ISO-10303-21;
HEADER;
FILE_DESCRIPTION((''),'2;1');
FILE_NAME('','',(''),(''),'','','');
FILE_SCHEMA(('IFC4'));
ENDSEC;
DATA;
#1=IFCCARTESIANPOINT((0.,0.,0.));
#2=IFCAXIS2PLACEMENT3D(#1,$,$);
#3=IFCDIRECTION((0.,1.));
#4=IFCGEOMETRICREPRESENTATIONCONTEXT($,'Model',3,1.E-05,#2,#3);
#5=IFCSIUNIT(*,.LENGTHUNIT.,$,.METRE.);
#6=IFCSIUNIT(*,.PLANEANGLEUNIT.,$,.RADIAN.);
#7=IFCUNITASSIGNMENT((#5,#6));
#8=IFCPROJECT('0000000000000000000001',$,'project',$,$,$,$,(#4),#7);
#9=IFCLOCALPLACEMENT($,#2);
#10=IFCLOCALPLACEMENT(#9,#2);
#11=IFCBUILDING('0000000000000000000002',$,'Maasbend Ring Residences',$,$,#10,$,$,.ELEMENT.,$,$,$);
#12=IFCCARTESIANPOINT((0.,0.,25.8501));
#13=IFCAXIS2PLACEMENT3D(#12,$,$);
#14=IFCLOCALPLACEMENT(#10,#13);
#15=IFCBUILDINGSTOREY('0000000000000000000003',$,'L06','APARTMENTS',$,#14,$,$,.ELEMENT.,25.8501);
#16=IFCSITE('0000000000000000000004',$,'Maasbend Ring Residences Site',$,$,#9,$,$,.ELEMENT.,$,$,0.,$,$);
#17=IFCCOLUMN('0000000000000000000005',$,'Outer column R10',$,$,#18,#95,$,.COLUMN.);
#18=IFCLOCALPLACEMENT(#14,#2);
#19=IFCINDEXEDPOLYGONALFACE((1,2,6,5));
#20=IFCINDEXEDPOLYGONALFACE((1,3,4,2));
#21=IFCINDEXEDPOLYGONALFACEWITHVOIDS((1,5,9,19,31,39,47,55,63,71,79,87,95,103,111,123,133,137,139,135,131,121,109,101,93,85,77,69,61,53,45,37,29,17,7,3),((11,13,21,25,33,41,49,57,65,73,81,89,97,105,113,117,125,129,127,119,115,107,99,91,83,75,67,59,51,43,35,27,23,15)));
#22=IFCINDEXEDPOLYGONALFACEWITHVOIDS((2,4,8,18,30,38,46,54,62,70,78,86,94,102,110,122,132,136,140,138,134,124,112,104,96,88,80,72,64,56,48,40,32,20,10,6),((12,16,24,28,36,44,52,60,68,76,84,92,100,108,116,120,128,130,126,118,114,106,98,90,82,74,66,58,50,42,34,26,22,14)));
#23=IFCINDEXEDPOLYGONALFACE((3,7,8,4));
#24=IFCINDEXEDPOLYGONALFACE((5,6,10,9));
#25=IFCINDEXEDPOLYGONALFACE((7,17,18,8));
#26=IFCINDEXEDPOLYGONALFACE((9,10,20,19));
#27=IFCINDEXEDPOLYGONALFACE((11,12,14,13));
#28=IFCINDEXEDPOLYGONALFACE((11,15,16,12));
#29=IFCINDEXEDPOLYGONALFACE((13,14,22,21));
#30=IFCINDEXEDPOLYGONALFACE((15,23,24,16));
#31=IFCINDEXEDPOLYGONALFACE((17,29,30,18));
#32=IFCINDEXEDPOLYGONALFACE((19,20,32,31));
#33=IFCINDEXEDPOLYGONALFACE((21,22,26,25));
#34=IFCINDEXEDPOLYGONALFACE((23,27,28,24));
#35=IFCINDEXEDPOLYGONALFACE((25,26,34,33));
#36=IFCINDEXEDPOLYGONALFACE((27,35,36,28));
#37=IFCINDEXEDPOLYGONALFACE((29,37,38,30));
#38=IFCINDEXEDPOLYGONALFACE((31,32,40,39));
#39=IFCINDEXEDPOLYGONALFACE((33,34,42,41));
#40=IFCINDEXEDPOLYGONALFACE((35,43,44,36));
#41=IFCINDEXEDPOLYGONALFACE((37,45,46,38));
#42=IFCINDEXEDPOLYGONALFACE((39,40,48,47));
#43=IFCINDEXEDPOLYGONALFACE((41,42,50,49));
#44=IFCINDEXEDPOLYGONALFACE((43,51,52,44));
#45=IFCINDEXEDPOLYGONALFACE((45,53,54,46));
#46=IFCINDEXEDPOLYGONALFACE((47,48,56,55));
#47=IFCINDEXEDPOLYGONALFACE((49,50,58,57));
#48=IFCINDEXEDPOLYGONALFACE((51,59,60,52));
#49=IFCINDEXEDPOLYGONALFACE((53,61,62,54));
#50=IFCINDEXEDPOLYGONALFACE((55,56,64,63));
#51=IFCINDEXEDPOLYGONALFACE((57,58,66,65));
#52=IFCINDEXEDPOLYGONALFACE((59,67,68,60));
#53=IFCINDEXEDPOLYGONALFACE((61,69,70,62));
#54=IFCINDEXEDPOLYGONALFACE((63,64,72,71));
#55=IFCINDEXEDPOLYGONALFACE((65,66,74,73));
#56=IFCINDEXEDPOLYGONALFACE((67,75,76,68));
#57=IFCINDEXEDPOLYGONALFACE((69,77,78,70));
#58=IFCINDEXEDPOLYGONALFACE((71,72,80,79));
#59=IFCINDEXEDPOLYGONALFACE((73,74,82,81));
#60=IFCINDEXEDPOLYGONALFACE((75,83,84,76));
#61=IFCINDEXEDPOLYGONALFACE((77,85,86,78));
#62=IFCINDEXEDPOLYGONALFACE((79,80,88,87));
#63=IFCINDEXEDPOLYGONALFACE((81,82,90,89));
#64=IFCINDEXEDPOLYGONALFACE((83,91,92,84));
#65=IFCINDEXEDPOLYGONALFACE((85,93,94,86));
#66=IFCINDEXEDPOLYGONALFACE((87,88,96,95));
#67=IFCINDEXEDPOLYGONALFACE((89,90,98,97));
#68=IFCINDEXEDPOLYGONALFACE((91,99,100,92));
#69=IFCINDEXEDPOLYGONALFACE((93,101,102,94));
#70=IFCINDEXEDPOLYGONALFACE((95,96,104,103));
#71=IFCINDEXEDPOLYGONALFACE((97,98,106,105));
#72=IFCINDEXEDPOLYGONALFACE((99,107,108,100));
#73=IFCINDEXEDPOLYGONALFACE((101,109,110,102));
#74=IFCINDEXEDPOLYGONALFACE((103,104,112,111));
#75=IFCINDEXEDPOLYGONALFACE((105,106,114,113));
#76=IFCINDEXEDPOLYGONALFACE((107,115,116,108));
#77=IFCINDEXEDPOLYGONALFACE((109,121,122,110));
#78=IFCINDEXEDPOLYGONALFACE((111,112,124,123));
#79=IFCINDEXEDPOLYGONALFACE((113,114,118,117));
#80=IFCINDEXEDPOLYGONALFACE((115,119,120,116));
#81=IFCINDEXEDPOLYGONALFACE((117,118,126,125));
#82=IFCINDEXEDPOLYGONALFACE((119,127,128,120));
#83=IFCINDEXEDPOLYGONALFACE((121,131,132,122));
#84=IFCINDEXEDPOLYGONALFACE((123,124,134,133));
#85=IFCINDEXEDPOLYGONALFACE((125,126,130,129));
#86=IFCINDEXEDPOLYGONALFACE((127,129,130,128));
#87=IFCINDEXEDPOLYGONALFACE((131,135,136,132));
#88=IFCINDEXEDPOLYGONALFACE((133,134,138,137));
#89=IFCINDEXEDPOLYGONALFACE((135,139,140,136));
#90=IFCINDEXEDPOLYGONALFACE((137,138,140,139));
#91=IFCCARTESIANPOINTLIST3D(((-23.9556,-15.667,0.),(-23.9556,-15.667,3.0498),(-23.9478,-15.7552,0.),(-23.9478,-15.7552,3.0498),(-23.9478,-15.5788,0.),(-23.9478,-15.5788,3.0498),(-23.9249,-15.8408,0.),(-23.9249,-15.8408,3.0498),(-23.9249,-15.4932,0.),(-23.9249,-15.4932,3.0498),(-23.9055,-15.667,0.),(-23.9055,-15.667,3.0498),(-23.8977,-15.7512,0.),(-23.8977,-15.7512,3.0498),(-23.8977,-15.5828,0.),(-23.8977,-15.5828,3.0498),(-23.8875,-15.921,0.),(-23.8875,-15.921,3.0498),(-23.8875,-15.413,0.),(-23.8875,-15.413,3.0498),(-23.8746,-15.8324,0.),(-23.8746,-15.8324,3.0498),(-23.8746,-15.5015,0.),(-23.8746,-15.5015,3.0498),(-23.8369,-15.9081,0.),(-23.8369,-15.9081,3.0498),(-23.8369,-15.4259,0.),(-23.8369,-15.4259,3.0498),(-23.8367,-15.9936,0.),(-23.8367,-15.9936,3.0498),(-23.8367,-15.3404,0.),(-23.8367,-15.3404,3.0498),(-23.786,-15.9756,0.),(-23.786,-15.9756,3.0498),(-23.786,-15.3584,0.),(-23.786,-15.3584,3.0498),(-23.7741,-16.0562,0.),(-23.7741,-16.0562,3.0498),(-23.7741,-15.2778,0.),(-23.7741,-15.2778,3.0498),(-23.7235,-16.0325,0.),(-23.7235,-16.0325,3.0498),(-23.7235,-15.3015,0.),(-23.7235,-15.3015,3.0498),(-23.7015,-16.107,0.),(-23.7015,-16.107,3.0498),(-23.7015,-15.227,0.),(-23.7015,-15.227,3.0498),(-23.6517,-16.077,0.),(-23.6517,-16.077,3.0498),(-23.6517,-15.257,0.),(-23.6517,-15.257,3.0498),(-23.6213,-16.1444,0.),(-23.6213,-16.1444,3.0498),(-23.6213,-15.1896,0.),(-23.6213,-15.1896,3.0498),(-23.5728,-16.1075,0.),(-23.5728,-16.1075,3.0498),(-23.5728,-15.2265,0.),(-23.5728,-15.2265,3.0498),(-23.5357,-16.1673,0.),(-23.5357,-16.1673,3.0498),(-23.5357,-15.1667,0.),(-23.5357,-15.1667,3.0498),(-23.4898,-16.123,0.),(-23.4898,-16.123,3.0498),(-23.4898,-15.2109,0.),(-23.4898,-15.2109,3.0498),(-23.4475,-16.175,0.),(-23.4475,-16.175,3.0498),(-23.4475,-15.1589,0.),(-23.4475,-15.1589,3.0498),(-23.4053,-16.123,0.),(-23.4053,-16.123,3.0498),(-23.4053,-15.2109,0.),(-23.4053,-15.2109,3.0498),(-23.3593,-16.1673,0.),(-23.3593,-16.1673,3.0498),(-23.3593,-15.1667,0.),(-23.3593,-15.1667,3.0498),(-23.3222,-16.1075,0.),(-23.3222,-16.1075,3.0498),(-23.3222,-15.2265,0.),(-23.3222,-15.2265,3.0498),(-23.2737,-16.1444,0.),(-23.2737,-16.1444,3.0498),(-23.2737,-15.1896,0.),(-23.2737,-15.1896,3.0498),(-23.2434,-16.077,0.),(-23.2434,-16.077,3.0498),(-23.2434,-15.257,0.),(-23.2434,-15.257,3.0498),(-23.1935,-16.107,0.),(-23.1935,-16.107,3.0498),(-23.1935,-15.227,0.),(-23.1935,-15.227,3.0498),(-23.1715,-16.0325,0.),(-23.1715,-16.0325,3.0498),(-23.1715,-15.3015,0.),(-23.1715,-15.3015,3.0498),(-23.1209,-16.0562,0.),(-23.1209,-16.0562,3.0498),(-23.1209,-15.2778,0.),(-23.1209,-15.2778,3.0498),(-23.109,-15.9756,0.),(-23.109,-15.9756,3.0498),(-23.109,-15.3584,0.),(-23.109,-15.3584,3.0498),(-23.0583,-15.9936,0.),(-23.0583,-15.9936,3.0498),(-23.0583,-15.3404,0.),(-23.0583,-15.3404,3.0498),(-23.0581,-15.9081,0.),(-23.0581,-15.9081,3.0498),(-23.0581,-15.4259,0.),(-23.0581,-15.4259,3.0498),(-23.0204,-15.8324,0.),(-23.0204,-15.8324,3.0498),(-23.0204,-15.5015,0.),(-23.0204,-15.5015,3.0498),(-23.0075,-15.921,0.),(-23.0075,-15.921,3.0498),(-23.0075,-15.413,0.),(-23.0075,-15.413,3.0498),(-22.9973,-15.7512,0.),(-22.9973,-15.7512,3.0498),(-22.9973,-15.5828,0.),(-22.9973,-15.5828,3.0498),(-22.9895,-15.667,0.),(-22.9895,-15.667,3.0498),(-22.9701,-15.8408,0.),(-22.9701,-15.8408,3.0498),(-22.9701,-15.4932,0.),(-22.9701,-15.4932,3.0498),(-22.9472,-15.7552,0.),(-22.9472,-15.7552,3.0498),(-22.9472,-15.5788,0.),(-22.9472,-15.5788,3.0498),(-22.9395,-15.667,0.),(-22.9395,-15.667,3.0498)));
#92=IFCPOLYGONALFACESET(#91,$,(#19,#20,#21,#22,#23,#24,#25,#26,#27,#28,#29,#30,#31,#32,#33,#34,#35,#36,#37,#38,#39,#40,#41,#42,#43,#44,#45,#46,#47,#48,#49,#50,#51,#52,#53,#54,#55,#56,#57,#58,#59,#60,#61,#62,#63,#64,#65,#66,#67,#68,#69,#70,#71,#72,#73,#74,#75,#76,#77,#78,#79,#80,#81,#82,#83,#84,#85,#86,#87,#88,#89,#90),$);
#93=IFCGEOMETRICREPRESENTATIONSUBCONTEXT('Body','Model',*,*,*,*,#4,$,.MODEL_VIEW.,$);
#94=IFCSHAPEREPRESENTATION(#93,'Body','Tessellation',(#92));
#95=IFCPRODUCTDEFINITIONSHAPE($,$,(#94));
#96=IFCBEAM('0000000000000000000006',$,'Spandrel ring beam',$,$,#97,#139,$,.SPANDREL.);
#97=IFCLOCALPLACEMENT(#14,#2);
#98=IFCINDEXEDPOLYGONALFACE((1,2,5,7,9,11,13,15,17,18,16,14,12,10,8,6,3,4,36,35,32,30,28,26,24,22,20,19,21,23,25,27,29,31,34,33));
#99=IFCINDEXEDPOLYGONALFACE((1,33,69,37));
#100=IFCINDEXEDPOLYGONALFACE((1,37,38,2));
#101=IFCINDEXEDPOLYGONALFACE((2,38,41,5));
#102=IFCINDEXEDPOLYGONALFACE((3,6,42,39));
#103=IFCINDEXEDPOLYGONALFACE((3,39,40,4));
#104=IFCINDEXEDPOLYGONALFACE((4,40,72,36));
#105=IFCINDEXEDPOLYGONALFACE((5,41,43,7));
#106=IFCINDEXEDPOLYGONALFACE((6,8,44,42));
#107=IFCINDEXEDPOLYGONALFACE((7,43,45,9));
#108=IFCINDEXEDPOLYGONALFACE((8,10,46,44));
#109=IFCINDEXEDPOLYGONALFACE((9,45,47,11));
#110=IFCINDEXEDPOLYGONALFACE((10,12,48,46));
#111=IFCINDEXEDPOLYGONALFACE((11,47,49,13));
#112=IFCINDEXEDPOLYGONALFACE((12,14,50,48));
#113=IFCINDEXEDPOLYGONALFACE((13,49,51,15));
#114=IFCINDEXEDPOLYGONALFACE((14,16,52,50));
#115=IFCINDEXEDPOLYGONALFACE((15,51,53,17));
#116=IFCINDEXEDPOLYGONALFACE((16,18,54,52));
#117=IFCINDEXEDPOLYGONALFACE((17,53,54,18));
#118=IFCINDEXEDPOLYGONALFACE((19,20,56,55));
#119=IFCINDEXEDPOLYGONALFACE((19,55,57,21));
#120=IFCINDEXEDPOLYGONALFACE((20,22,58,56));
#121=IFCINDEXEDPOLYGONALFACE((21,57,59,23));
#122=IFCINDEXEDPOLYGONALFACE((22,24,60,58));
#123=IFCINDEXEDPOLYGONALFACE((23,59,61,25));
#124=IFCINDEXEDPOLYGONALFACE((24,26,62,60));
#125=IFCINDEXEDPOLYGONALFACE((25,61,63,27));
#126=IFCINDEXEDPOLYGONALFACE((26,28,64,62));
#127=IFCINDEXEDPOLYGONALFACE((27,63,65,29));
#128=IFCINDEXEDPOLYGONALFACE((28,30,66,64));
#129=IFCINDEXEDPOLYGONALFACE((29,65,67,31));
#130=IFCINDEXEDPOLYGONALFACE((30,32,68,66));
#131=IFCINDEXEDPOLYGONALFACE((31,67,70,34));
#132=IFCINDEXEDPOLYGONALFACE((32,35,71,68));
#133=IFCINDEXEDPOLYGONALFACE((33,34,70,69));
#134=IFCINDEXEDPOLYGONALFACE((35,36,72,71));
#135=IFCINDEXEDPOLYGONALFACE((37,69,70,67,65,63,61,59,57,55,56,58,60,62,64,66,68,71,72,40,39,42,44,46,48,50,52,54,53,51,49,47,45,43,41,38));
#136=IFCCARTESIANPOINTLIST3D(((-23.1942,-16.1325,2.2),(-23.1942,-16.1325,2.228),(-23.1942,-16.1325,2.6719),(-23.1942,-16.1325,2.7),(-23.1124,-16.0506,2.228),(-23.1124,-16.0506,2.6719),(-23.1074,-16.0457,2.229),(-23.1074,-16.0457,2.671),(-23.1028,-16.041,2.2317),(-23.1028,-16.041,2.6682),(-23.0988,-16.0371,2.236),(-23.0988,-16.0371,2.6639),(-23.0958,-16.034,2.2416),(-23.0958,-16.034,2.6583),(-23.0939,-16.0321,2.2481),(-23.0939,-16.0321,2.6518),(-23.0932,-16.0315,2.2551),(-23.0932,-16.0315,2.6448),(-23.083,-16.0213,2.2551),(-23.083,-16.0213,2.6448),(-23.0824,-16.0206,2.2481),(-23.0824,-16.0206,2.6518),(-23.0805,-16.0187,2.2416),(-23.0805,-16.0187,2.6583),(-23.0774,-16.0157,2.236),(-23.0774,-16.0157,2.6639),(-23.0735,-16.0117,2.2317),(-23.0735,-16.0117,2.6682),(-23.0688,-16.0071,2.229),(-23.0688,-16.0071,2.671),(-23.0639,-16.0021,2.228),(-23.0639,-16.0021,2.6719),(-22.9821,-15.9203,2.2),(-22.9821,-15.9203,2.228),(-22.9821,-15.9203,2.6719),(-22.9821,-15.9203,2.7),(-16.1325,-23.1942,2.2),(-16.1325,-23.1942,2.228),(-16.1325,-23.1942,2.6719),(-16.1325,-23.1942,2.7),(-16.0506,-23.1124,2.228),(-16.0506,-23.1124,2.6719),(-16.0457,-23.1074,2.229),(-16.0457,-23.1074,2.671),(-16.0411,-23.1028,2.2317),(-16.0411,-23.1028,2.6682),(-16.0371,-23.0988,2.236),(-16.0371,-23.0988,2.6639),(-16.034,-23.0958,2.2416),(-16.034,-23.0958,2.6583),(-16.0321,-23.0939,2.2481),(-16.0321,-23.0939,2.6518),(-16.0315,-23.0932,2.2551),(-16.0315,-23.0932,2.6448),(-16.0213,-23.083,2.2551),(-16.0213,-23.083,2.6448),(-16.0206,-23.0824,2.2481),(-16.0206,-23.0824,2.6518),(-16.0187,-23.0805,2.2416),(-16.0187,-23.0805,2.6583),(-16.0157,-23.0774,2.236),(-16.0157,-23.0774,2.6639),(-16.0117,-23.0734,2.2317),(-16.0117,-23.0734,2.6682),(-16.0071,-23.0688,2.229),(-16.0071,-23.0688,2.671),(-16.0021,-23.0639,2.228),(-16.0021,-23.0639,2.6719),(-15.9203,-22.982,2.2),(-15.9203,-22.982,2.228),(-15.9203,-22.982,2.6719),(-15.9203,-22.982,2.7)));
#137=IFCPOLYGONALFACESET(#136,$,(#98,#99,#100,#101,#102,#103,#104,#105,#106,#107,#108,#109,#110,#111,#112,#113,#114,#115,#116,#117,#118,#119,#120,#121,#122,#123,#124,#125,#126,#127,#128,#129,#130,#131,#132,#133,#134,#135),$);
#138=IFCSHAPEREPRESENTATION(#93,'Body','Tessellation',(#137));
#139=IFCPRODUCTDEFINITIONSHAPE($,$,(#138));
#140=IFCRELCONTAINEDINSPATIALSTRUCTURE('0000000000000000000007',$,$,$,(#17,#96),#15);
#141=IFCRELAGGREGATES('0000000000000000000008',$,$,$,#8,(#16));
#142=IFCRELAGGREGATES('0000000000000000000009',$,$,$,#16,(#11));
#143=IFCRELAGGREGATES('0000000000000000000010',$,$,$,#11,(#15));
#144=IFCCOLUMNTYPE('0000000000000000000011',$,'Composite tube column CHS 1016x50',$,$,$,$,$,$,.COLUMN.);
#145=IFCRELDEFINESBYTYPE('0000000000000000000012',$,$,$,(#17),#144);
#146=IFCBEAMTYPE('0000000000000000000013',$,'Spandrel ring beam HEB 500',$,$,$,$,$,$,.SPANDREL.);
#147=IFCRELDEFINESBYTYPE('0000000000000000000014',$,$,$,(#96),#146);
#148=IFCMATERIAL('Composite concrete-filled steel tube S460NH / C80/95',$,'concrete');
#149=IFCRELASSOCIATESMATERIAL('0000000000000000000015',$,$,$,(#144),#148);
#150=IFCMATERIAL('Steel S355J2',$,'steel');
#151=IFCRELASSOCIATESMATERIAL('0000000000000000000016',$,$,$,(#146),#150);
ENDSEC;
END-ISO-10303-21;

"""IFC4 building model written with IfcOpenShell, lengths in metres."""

from ifc_helpers import new_model, si_unit, direction, frame, origin, origin_2d, place, context, subcontext, project, spatial, hollow_circle, i_section, extrude, material, material_profile, profile_set, type_object, element, save


model = new_model("IFC4")

# Units and contexts
model_context = context("Model", 3, precision=1e-05, world=origin(), true_north=direction((0.0, 1.0)))
body_context = subcontext(model_context, "Body", "Model", "MODEL_VIEW")
ifc_project = project(units=[si_unit("LENGTHUNIT", "METRE"), si_unit("PLANEANGLEUNIT", "RADIAN")], contexts=[model_context])

# Site, building, storey
site_placement = place(None, origin())
site = spatial("IfcSite", under=ifc_project, at=site_placement, Name="Maasbend Ring Residences Site", CompositionType="ELEMENT", RefElevation=0.0)
building_placement = place(site_placement, origin())
building = spatial("IfcBuilding", under=site, at=building_placement, Name="Maasbend Ring Residences", CompositionType="ELEMENT")
storey_placement = place(building_placement, frame((0.0, 0.0, 25.8501)))
storey = spatial("IfcBuildingStorey", under=building, at=storey_placement, Name="L06", Description="APARTMENTS", CompositionType="ELEMENT", Elevation=25.8501)

# Column
ifc_material_1 = material(Name="Composite concrete-filled steel tube S460NH / C80/95", Category="concrete")
ifc_material_profile_1 = material_profile(ifc_material_1, hollow_circle(Radius=0.5081, WallThickness=0.05, at=origin_2d()), Name="Composite tube column CHS 1016x50")
ifc_profile_set_1 = profile_set([ifc_material_profile_1], Name="Composite concrete-filled steel tube S460NH / C80/95")
column_type = type_object("IfcColumnType", Name="Composite tube column CHS 1016x50", PredefinedType="COLUMN", material=ifc_profile_set_1)
column_placement = place(storey_placement, frame((-23.4475, -15.667, 0.0), z_axis=(0.0, 0.0, 1.0), x_axis=(1.0, 0.0, 0.0)))
element("IfcColumn", 1, at=column_placement, inside=storey, type_object=column_type, Name="Outer column R10", PredefinedType="COLUMN", context=body_context, shape_type="SweptSolid", body=[
    extrude(hollow_circle(Radius=0.5081, WallThickness=0.05, at=origin_2d()), origin(), (0.0, 0.0, 1.0), 3.0498),
])

# Beam
ifc_material_2 = material(Name="Steel S355J2", Category="steel")
ifc_material_profile_2 = material_profile(ifc_material_2, i_section(OverallWidth=0.3, OverallDepth=0.5, WebThickness=0.0144, FlangeThickness=0.0281, FilletRadius=0.0271, at=origin_2d()), Name="HEB 500")
ifc_profile_set_2 = profile_set([ifc_material_profile_2], Name="Steel S355J2")
beam_type = type_object("IfcBeamType", Name="Spandrel ring beam HEB 500", PredefinedType="SPANDREL", material=ifc_profile_set_2)
beam_placement = place(storey_placement, frame((-23.0881, -16.0264, 2.45), z_axis=(0.707107, -0.707107, 0.0), x_axis=(0.707107, 0.707107, 0.0)))
element("IfcBeam", 2, at=beam_placement, inside=storey, type_object=beam_type, Name="Spandrel ring beam", PredefinedType="SPANDREL", context=body_context, shape_type="SweptSolid", body=[
    extrude(i_section(OverallWidth=0.3, OverallDepth=0.5, WebThickness=0.0144, FlangeThickness=0.0281, FilletRadius=0.0271, at=origin_2d()), origin(), (0.0, 0.0, 1.0), 9.9868),
])

save(model, "model.ifc")
